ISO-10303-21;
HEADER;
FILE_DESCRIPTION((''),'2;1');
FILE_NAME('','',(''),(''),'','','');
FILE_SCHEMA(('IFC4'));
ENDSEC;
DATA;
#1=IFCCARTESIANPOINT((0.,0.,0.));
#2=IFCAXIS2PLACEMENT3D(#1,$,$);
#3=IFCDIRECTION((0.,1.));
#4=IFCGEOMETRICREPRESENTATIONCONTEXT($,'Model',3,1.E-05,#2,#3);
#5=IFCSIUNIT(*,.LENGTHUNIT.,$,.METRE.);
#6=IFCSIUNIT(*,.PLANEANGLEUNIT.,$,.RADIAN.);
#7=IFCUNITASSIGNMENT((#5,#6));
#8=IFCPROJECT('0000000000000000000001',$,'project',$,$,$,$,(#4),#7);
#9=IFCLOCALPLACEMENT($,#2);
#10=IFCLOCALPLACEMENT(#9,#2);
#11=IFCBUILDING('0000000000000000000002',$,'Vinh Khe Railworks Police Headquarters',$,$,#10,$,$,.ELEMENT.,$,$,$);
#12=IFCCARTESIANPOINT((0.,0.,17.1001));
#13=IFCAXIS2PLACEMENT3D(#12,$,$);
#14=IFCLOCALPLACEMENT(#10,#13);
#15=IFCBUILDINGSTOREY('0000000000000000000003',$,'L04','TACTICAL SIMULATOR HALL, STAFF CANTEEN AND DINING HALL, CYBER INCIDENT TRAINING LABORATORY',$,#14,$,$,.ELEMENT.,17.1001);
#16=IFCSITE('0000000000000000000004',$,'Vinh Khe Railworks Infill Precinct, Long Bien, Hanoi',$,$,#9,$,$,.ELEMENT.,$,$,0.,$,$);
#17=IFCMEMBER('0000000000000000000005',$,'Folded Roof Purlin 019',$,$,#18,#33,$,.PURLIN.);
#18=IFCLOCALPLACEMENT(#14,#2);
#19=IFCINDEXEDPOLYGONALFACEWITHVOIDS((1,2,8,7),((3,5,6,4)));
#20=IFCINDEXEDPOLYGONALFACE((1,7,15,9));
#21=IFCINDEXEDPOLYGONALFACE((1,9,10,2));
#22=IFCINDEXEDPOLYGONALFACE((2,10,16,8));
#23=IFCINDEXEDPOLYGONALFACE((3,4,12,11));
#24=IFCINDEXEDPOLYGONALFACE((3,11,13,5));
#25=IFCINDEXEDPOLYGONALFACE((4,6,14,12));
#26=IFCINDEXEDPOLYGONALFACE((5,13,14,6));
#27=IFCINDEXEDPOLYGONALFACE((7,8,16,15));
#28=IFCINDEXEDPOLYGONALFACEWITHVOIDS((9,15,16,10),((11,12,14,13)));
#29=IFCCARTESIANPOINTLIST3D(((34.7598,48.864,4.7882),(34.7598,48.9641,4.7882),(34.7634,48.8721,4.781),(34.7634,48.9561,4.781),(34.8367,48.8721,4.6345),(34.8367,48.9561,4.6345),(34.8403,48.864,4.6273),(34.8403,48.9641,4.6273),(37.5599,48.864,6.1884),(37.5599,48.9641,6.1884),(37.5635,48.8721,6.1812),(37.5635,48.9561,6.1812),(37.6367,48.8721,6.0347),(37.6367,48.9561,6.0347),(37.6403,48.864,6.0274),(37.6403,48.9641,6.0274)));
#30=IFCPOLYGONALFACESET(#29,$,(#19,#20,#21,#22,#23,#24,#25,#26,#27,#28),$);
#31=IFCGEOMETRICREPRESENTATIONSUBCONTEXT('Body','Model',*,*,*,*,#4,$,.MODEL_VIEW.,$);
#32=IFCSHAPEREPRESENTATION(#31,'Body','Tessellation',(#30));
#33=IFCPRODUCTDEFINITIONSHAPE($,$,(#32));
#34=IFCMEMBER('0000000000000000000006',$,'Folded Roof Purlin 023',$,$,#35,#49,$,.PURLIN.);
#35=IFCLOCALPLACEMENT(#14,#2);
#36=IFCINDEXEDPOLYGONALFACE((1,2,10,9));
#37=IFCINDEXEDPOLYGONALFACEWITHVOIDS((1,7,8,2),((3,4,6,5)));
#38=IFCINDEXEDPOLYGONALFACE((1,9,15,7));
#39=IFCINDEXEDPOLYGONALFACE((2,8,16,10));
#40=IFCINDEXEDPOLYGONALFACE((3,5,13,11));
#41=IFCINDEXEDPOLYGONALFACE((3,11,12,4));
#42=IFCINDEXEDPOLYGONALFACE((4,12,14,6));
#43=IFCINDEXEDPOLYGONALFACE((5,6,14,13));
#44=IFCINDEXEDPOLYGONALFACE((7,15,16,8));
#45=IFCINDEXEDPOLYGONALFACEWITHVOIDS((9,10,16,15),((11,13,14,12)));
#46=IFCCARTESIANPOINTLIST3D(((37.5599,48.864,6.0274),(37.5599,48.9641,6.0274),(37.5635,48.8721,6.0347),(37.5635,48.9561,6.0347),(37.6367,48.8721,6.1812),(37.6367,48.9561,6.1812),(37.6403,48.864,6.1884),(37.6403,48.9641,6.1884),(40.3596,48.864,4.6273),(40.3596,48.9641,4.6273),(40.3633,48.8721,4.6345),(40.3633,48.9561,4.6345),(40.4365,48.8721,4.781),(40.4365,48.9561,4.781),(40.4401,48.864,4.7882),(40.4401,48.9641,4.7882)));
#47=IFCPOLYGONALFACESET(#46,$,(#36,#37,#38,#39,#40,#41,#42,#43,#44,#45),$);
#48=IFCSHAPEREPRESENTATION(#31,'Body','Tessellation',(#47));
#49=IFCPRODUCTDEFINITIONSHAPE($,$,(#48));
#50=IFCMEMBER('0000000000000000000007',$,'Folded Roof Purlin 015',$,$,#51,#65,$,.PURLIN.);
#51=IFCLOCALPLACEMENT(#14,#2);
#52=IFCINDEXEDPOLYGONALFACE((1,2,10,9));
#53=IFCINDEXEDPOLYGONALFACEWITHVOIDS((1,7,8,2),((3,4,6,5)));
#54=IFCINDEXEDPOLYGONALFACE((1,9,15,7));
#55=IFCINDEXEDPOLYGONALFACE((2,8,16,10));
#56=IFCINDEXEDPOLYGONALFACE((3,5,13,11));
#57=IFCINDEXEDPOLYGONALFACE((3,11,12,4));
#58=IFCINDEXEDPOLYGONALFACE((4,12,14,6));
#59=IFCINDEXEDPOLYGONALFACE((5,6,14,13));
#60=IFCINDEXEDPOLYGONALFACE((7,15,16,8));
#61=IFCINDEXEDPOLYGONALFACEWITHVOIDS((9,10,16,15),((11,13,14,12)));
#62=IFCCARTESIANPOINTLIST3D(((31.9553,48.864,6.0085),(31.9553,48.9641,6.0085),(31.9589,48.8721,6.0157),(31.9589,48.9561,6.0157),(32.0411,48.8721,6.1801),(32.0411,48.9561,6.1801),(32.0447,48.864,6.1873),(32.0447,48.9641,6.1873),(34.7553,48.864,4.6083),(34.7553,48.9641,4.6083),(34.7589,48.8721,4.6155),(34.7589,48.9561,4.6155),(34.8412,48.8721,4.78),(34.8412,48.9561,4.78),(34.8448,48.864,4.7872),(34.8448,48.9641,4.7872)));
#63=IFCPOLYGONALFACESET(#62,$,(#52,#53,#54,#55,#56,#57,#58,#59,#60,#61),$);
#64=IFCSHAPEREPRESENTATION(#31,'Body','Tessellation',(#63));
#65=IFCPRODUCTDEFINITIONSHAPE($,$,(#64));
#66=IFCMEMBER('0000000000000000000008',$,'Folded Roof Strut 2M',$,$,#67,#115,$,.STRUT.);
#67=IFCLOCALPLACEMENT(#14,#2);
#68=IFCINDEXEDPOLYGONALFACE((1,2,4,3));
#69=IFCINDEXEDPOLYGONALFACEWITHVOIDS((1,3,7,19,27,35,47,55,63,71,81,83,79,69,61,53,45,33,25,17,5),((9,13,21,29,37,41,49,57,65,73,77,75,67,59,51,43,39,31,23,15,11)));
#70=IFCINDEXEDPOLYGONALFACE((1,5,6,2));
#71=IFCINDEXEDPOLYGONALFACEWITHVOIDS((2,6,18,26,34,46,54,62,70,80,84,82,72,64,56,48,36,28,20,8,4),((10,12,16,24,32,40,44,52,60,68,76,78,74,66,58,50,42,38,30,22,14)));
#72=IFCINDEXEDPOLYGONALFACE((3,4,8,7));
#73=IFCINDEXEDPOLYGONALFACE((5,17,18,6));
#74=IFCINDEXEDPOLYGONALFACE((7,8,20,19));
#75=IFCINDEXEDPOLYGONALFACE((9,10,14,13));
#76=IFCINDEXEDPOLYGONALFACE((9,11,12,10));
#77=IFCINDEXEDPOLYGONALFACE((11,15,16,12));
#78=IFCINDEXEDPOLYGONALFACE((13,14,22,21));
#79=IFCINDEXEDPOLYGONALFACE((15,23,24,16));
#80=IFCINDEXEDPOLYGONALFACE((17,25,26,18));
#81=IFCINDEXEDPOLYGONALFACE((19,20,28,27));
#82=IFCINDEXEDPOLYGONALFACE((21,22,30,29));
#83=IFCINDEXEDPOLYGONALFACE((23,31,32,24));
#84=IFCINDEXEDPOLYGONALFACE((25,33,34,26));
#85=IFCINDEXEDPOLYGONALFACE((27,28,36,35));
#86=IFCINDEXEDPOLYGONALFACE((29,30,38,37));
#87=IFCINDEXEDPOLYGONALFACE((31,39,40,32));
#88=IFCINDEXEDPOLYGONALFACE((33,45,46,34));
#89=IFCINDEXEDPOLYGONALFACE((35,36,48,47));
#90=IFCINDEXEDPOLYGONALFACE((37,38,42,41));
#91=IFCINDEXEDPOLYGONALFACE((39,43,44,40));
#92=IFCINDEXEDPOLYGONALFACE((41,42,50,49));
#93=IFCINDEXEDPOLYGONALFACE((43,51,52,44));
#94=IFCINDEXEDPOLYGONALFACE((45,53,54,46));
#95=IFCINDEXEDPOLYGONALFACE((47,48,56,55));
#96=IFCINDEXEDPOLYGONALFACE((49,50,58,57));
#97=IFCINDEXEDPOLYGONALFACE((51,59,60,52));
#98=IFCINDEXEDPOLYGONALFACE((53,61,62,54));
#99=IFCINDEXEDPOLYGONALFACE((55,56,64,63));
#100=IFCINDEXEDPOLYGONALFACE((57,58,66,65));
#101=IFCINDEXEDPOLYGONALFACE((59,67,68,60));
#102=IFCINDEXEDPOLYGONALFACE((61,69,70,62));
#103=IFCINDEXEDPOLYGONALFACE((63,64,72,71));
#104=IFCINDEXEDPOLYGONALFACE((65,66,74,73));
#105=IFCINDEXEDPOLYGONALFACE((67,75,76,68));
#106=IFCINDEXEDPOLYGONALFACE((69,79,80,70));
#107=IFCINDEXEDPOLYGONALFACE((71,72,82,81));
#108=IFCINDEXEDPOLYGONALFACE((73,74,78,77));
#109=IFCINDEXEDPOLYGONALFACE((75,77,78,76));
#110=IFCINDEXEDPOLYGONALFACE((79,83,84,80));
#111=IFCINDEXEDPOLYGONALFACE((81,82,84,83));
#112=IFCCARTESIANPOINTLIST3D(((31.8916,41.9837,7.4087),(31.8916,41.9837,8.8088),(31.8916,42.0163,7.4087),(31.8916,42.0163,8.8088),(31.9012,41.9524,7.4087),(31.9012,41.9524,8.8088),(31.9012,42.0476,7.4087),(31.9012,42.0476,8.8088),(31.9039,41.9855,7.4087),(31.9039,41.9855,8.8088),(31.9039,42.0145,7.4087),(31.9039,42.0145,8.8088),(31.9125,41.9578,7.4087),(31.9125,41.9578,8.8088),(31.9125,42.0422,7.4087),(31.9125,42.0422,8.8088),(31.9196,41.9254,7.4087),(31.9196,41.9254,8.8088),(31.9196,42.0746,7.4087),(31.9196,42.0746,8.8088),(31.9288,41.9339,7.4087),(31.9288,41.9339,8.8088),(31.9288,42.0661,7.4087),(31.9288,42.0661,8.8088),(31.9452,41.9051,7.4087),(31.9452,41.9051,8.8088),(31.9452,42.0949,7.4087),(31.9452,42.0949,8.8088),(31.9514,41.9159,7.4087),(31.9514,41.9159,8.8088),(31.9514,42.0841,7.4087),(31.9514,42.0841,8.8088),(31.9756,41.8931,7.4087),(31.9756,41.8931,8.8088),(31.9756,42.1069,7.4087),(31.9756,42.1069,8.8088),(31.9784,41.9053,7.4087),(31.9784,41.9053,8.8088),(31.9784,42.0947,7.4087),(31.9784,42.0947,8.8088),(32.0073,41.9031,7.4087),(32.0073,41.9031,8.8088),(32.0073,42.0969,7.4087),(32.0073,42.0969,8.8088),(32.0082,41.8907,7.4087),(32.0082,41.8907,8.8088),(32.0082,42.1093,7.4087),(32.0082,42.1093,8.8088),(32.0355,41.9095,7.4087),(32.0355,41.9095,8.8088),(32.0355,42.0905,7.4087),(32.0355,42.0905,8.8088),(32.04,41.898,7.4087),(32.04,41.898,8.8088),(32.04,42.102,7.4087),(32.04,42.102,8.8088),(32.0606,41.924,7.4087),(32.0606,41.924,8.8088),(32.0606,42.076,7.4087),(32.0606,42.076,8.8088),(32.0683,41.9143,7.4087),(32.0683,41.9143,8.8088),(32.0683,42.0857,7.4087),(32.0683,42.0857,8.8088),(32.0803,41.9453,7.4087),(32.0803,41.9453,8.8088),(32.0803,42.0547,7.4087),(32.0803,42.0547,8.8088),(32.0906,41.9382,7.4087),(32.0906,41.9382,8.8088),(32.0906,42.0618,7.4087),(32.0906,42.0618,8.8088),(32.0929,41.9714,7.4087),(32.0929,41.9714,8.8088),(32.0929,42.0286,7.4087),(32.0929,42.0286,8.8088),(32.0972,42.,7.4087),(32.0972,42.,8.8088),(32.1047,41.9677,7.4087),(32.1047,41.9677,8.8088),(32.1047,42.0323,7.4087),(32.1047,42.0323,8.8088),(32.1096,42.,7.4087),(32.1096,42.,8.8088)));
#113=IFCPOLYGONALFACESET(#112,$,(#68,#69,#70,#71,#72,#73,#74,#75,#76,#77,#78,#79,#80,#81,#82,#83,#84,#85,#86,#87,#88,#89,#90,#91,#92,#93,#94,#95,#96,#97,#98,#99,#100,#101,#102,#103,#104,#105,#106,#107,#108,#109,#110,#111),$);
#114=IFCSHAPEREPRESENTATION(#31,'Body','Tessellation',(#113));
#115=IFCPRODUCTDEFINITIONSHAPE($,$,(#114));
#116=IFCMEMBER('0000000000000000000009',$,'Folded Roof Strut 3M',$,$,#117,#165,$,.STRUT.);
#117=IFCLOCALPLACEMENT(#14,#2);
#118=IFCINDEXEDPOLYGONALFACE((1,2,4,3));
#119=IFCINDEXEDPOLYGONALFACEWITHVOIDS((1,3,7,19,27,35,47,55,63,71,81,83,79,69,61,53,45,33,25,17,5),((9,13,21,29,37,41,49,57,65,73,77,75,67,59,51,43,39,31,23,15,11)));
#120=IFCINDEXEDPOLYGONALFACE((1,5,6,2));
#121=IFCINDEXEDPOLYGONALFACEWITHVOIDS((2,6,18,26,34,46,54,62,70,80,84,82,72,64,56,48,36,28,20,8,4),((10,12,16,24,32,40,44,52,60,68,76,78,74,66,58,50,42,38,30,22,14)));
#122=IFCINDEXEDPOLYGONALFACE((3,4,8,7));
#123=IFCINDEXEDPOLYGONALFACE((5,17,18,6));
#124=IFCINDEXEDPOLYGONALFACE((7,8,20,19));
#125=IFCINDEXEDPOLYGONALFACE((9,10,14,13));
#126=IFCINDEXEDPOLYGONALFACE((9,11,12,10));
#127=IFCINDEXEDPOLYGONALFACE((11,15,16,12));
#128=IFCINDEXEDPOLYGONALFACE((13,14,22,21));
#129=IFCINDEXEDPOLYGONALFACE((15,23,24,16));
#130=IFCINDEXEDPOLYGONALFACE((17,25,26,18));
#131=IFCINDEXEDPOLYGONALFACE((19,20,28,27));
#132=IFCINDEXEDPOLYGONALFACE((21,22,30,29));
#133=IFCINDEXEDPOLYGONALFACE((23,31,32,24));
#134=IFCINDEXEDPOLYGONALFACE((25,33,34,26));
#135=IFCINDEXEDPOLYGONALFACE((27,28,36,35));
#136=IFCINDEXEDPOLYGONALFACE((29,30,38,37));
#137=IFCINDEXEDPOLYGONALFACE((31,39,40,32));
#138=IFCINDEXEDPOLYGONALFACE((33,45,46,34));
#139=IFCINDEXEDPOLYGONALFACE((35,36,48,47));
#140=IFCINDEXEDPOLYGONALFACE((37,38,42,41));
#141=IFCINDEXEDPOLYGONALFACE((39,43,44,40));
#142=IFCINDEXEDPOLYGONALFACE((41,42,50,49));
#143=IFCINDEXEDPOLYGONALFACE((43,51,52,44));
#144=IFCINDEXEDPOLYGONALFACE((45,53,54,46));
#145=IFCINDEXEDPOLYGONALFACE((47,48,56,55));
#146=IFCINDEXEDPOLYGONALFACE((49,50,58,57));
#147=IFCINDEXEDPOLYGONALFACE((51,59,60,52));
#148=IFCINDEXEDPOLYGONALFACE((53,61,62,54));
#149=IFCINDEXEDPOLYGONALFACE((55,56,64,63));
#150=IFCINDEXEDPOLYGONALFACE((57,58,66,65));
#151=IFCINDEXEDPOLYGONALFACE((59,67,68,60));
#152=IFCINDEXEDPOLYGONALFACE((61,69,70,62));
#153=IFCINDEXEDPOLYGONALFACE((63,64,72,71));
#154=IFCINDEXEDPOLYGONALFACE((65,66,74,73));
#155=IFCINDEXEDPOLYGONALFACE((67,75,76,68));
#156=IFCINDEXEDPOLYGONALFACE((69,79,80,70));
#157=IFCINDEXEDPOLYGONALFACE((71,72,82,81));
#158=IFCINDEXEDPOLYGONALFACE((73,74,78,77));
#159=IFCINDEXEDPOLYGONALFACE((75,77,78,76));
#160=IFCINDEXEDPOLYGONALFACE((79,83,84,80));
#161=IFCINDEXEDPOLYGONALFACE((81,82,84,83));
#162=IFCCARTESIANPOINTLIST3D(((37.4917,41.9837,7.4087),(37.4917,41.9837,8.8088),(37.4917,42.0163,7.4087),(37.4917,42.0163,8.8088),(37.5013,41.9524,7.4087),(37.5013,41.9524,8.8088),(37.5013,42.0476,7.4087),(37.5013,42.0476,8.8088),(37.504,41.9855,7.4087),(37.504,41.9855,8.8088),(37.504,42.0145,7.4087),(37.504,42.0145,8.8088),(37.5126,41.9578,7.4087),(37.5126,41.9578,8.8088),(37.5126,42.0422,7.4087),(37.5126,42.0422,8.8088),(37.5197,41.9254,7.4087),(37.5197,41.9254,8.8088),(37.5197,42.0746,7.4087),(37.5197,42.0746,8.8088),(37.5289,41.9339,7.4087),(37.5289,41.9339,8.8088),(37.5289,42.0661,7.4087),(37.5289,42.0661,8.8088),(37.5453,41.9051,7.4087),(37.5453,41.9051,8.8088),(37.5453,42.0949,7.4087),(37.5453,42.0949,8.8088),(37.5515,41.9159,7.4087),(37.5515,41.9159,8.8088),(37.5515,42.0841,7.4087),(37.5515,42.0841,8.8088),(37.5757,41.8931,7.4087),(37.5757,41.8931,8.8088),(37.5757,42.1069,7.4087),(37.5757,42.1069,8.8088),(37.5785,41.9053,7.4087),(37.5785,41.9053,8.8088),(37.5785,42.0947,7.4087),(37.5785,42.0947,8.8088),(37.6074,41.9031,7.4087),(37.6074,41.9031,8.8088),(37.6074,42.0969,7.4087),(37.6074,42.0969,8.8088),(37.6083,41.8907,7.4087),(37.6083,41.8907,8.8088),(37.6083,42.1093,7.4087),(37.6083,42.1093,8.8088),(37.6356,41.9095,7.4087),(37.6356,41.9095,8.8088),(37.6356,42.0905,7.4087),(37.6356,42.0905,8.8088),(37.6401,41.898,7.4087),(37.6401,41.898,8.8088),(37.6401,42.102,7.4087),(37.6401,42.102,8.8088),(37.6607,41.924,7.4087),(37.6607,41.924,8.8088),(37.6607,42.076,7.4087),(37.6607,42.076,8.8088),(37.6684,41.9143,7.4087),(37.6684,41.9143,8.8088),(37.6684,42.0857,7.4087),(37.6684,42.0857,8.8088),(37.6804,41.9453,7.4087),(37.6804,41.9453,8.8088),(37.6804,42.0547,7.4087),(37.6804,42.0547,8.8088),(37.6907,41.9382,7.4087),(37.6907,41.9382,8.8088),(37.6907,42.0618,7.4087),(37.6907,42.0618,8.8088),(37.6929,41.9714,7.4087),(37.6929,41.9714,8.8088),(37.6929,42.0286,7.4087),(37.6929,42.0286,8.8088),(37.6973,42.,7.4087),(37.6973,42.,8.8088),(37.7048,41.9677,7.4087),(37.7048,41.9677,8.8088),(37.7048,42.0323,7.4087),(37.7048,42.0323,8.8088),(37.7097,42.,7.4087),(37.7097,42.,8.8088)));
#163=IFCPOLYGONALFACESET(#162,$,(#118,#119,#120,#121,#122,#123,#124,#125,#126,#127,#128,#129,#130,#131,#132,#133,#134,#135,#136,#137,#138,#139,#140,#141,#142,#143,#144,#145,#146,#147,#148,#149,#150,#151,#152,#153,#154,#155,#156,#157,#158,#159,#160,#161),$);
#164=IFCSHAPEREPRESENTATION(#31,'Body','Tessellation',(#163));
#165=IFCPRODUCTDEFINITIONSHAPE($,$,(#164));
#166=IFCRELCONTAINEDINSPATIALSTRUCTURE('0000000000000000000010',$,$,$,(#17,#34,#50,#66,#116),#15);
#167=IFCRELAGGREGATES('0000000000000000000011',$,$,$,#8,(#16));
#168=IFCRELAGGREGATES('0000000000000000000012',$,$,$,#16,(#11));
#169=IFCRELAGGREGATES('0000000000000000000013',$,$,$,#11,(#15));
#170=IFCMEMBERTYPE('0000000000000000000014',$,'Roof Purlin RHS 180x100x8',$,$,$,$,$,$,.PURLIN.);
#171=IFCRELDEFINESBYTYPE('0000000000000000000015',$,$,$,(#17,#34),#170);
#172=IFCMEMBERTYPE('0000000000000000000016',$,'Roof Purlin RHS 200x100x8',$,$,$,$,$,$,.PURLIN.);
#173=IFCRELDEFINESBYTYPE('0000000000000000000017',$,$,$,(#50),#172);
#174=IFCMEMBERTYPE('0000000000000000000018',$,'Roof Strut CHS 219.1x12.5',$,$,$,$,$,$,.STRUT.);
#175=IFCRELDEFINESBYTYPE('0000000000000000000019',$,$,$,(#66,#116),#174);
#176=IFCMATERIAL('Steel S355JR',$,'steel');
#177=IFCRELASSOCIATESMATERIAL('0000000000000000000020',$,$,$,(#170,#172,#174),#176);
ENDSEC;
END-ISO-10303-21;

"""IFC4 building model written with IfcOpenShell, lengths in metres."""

from ifc_helpers import new_model, si_unit, direction, frame, origin, origin_2d, place, context, subcontext, project, spatial, hollow_rectangle, hollow_circle, extrude, material, material_profile, profile_set, type_object, element, save


model = new_model("IFC4")

# Units and contexts
model_context = context("Model", 3, precision=1e-05, world=origin(), true_north=direction((0.0, 1.0)))
body_context = subcontext(model_context, "Body", "Model", "MODEL_VIEW")
ifc_project = project(units=[si_unit("LENGTHUNIT", "METRE"), si_unit("PLANEANGLEUNIT", "RADIAN")], contexts=[model_context])

# Site, building, storey
site_placement = place(None, origin())
site = spatial("IfcSite", under=ifc_project, at=site_placement, Name="Vinh Khe Railworks Infill Precinct, Long Bien, Hanoi", CompositionType="ELEMENT", RefElevation=0.0)
building_placement = place(site_placement, origin())
building = spatial("IfcBuilding", under=site, at=building_placement, Name="Vinh Khe Railworks Police Headquarters", CompositionType="ELEMENT")
storey_placement = place(building_placement, frame((0.0, 0.0, 17.1001)))
storey = spatial("IfcBuildingStorey", under=building, at=storey_placement, Name="L04", Description="TACTICAL SIMULATOR HALL, STAFF CANTEEN AND DINING HALL, CYBER INCIDENT TRAINING LABORATORY", CompositionType="ELEMENT", Elevation=17.1001)

# Members
ifc_material_1 = material(Name="Steel S355JR", Category="steel")
ifc_material_profile_1 = material_profile(ifc_material_1, hollow_rectangle(XDim=0.1001, YDim=0.1799, WallThickness=0.0081, at=origin_2d()), Name="RHS 180x100x8")
ifc_profile_set_1 = profile_set([ifc_material_profile_1], Name="Steel S355JR")
member_type_1 = type_object("IfcMemberType", Name="Roof Purlin RHS 180x100x8", PredefinedType="PURLIN", material=ifc_profile_set_1)
member_1_placement = place(storey_placement, frame((34.8, 48.9141, 4.7078), z_axis=(0.894412, 0.0, 0.447245), x_axis=(0.0, 1.0, 0.0)))
element("IfcMember", 1, at=member_1_placement, inside=storey, type_object=member_type_1, Name="Folded Roof Purlin 019", PredefinedType="PURLIN", context=body_context, shape_type="SweptSolid", body=[
    extrude(hollow_rectangle(XDim=0.1001, YDim=0.1799, WallThickness=0.0081, at=origin_2d()), origin(), (0.0, 0.0, 1.0), 3.1306),
])
member_2_placement = place(storey_placement, frame((37.6001, 48.9141, 6.1079), z_axis=(0.894396, 0.0, -0.447276), x_axis=(0.0, 1.0, 0.0)))
element("IfcMember", 2, at=member_2_placement, inside=storey, type_object=member_type_1, Name="Folded Roof Purlin 023", PredefinedType="PURLIN", context=body_context, shape_type="SweptSolid", body=[
    extrude(hollow_rectangle(XDim=0.1001, YDim=0.1799, WallThickness=0.0081, at=origin_2d()), origin(), (0.0, 0.0, 1.0), 3.1304),
])
ifc_material_profile_2 = material_profile(ifc_material_1, hollow_rectangle(XDim=0.1001, YDim=0.2, WallThickness=0.0081, at=origin_2d()), Name="RHS 200x100x8")
ifc_profile_set_2 = profile_set([ifc_material_profile_2], Name="Steel S355JR")
member_type_2 = type_object("IfcMemberType", Name="Roof Purlin RHS 200x100x8", PredefinedType="PURLIN", material=ifc_profile_set_2)
member_3_placement = place(storey_placement, frame((32.0, 48.9141, 6.0979), z_axis=(0.894412, 0.0, -0.447245), x_axis=(0.0, 1.0, 0.0)))
element("IfcMember", 3, at=member_3_placement, inside=storey, type_object=member_type_2, Name="Folded Roof Purlin 015", PredefinedType="PURLIN", context=body_context, shape_type="SweptSolid", body=[
    extrude(hollow_rectangle(XDim=0.1001, YDim=0.2, WallThickness=0.0081, at=origin_2d()), origin(), (0.0, 0.0, 1.0), 3.1306),
])
ifc_material_profile_3 = material_profile(ifc_material_1, hollow_circle(Radius=0.1096, WallThickness=0.0125, at=origin_2d()), Name="CHS 219.1x12.5")
ifc_profile_set_3 = profile_set([ifc_material_profile_3], Name="Steel S355JR")
member_type_3 = type_object("IfcMemberType", Name="Roof Strut CHS 219.1x12.5", PredefinedType="STRUT", material=ifc_profile_set_3)
for number, where, z_axis, x_axis, name in (
    (4, (32.0, 42.0, 7.4087), (0.0, 0.0, 1.0), (1.0, 0.0, 0.0), "Folded Roof Strut 2M"),
    (5, (37.6001, 42.0, 7.4087), (0.0, 0.0, 1.0), (1.0, 0.0, 0.0), "Folded Roof Strut 3M"),
):
    element("IfcMember", number, at=place(storey_placement, frame(where, z_axis=z_axis, x_axis=x_axis)), inside=storey, type_object=member_type_3, Name=name, PredefinedType="STRUT", context=body_context, shape_type="SweptSolid", body=[
        extrude(hollow_circle(Radius=0.1096, WallThickness=0.0125, at=origin_2d()), origin(), (0.0, 0.0, 1.0), 1.4001),
    ])

save(model, "model.ifc")
